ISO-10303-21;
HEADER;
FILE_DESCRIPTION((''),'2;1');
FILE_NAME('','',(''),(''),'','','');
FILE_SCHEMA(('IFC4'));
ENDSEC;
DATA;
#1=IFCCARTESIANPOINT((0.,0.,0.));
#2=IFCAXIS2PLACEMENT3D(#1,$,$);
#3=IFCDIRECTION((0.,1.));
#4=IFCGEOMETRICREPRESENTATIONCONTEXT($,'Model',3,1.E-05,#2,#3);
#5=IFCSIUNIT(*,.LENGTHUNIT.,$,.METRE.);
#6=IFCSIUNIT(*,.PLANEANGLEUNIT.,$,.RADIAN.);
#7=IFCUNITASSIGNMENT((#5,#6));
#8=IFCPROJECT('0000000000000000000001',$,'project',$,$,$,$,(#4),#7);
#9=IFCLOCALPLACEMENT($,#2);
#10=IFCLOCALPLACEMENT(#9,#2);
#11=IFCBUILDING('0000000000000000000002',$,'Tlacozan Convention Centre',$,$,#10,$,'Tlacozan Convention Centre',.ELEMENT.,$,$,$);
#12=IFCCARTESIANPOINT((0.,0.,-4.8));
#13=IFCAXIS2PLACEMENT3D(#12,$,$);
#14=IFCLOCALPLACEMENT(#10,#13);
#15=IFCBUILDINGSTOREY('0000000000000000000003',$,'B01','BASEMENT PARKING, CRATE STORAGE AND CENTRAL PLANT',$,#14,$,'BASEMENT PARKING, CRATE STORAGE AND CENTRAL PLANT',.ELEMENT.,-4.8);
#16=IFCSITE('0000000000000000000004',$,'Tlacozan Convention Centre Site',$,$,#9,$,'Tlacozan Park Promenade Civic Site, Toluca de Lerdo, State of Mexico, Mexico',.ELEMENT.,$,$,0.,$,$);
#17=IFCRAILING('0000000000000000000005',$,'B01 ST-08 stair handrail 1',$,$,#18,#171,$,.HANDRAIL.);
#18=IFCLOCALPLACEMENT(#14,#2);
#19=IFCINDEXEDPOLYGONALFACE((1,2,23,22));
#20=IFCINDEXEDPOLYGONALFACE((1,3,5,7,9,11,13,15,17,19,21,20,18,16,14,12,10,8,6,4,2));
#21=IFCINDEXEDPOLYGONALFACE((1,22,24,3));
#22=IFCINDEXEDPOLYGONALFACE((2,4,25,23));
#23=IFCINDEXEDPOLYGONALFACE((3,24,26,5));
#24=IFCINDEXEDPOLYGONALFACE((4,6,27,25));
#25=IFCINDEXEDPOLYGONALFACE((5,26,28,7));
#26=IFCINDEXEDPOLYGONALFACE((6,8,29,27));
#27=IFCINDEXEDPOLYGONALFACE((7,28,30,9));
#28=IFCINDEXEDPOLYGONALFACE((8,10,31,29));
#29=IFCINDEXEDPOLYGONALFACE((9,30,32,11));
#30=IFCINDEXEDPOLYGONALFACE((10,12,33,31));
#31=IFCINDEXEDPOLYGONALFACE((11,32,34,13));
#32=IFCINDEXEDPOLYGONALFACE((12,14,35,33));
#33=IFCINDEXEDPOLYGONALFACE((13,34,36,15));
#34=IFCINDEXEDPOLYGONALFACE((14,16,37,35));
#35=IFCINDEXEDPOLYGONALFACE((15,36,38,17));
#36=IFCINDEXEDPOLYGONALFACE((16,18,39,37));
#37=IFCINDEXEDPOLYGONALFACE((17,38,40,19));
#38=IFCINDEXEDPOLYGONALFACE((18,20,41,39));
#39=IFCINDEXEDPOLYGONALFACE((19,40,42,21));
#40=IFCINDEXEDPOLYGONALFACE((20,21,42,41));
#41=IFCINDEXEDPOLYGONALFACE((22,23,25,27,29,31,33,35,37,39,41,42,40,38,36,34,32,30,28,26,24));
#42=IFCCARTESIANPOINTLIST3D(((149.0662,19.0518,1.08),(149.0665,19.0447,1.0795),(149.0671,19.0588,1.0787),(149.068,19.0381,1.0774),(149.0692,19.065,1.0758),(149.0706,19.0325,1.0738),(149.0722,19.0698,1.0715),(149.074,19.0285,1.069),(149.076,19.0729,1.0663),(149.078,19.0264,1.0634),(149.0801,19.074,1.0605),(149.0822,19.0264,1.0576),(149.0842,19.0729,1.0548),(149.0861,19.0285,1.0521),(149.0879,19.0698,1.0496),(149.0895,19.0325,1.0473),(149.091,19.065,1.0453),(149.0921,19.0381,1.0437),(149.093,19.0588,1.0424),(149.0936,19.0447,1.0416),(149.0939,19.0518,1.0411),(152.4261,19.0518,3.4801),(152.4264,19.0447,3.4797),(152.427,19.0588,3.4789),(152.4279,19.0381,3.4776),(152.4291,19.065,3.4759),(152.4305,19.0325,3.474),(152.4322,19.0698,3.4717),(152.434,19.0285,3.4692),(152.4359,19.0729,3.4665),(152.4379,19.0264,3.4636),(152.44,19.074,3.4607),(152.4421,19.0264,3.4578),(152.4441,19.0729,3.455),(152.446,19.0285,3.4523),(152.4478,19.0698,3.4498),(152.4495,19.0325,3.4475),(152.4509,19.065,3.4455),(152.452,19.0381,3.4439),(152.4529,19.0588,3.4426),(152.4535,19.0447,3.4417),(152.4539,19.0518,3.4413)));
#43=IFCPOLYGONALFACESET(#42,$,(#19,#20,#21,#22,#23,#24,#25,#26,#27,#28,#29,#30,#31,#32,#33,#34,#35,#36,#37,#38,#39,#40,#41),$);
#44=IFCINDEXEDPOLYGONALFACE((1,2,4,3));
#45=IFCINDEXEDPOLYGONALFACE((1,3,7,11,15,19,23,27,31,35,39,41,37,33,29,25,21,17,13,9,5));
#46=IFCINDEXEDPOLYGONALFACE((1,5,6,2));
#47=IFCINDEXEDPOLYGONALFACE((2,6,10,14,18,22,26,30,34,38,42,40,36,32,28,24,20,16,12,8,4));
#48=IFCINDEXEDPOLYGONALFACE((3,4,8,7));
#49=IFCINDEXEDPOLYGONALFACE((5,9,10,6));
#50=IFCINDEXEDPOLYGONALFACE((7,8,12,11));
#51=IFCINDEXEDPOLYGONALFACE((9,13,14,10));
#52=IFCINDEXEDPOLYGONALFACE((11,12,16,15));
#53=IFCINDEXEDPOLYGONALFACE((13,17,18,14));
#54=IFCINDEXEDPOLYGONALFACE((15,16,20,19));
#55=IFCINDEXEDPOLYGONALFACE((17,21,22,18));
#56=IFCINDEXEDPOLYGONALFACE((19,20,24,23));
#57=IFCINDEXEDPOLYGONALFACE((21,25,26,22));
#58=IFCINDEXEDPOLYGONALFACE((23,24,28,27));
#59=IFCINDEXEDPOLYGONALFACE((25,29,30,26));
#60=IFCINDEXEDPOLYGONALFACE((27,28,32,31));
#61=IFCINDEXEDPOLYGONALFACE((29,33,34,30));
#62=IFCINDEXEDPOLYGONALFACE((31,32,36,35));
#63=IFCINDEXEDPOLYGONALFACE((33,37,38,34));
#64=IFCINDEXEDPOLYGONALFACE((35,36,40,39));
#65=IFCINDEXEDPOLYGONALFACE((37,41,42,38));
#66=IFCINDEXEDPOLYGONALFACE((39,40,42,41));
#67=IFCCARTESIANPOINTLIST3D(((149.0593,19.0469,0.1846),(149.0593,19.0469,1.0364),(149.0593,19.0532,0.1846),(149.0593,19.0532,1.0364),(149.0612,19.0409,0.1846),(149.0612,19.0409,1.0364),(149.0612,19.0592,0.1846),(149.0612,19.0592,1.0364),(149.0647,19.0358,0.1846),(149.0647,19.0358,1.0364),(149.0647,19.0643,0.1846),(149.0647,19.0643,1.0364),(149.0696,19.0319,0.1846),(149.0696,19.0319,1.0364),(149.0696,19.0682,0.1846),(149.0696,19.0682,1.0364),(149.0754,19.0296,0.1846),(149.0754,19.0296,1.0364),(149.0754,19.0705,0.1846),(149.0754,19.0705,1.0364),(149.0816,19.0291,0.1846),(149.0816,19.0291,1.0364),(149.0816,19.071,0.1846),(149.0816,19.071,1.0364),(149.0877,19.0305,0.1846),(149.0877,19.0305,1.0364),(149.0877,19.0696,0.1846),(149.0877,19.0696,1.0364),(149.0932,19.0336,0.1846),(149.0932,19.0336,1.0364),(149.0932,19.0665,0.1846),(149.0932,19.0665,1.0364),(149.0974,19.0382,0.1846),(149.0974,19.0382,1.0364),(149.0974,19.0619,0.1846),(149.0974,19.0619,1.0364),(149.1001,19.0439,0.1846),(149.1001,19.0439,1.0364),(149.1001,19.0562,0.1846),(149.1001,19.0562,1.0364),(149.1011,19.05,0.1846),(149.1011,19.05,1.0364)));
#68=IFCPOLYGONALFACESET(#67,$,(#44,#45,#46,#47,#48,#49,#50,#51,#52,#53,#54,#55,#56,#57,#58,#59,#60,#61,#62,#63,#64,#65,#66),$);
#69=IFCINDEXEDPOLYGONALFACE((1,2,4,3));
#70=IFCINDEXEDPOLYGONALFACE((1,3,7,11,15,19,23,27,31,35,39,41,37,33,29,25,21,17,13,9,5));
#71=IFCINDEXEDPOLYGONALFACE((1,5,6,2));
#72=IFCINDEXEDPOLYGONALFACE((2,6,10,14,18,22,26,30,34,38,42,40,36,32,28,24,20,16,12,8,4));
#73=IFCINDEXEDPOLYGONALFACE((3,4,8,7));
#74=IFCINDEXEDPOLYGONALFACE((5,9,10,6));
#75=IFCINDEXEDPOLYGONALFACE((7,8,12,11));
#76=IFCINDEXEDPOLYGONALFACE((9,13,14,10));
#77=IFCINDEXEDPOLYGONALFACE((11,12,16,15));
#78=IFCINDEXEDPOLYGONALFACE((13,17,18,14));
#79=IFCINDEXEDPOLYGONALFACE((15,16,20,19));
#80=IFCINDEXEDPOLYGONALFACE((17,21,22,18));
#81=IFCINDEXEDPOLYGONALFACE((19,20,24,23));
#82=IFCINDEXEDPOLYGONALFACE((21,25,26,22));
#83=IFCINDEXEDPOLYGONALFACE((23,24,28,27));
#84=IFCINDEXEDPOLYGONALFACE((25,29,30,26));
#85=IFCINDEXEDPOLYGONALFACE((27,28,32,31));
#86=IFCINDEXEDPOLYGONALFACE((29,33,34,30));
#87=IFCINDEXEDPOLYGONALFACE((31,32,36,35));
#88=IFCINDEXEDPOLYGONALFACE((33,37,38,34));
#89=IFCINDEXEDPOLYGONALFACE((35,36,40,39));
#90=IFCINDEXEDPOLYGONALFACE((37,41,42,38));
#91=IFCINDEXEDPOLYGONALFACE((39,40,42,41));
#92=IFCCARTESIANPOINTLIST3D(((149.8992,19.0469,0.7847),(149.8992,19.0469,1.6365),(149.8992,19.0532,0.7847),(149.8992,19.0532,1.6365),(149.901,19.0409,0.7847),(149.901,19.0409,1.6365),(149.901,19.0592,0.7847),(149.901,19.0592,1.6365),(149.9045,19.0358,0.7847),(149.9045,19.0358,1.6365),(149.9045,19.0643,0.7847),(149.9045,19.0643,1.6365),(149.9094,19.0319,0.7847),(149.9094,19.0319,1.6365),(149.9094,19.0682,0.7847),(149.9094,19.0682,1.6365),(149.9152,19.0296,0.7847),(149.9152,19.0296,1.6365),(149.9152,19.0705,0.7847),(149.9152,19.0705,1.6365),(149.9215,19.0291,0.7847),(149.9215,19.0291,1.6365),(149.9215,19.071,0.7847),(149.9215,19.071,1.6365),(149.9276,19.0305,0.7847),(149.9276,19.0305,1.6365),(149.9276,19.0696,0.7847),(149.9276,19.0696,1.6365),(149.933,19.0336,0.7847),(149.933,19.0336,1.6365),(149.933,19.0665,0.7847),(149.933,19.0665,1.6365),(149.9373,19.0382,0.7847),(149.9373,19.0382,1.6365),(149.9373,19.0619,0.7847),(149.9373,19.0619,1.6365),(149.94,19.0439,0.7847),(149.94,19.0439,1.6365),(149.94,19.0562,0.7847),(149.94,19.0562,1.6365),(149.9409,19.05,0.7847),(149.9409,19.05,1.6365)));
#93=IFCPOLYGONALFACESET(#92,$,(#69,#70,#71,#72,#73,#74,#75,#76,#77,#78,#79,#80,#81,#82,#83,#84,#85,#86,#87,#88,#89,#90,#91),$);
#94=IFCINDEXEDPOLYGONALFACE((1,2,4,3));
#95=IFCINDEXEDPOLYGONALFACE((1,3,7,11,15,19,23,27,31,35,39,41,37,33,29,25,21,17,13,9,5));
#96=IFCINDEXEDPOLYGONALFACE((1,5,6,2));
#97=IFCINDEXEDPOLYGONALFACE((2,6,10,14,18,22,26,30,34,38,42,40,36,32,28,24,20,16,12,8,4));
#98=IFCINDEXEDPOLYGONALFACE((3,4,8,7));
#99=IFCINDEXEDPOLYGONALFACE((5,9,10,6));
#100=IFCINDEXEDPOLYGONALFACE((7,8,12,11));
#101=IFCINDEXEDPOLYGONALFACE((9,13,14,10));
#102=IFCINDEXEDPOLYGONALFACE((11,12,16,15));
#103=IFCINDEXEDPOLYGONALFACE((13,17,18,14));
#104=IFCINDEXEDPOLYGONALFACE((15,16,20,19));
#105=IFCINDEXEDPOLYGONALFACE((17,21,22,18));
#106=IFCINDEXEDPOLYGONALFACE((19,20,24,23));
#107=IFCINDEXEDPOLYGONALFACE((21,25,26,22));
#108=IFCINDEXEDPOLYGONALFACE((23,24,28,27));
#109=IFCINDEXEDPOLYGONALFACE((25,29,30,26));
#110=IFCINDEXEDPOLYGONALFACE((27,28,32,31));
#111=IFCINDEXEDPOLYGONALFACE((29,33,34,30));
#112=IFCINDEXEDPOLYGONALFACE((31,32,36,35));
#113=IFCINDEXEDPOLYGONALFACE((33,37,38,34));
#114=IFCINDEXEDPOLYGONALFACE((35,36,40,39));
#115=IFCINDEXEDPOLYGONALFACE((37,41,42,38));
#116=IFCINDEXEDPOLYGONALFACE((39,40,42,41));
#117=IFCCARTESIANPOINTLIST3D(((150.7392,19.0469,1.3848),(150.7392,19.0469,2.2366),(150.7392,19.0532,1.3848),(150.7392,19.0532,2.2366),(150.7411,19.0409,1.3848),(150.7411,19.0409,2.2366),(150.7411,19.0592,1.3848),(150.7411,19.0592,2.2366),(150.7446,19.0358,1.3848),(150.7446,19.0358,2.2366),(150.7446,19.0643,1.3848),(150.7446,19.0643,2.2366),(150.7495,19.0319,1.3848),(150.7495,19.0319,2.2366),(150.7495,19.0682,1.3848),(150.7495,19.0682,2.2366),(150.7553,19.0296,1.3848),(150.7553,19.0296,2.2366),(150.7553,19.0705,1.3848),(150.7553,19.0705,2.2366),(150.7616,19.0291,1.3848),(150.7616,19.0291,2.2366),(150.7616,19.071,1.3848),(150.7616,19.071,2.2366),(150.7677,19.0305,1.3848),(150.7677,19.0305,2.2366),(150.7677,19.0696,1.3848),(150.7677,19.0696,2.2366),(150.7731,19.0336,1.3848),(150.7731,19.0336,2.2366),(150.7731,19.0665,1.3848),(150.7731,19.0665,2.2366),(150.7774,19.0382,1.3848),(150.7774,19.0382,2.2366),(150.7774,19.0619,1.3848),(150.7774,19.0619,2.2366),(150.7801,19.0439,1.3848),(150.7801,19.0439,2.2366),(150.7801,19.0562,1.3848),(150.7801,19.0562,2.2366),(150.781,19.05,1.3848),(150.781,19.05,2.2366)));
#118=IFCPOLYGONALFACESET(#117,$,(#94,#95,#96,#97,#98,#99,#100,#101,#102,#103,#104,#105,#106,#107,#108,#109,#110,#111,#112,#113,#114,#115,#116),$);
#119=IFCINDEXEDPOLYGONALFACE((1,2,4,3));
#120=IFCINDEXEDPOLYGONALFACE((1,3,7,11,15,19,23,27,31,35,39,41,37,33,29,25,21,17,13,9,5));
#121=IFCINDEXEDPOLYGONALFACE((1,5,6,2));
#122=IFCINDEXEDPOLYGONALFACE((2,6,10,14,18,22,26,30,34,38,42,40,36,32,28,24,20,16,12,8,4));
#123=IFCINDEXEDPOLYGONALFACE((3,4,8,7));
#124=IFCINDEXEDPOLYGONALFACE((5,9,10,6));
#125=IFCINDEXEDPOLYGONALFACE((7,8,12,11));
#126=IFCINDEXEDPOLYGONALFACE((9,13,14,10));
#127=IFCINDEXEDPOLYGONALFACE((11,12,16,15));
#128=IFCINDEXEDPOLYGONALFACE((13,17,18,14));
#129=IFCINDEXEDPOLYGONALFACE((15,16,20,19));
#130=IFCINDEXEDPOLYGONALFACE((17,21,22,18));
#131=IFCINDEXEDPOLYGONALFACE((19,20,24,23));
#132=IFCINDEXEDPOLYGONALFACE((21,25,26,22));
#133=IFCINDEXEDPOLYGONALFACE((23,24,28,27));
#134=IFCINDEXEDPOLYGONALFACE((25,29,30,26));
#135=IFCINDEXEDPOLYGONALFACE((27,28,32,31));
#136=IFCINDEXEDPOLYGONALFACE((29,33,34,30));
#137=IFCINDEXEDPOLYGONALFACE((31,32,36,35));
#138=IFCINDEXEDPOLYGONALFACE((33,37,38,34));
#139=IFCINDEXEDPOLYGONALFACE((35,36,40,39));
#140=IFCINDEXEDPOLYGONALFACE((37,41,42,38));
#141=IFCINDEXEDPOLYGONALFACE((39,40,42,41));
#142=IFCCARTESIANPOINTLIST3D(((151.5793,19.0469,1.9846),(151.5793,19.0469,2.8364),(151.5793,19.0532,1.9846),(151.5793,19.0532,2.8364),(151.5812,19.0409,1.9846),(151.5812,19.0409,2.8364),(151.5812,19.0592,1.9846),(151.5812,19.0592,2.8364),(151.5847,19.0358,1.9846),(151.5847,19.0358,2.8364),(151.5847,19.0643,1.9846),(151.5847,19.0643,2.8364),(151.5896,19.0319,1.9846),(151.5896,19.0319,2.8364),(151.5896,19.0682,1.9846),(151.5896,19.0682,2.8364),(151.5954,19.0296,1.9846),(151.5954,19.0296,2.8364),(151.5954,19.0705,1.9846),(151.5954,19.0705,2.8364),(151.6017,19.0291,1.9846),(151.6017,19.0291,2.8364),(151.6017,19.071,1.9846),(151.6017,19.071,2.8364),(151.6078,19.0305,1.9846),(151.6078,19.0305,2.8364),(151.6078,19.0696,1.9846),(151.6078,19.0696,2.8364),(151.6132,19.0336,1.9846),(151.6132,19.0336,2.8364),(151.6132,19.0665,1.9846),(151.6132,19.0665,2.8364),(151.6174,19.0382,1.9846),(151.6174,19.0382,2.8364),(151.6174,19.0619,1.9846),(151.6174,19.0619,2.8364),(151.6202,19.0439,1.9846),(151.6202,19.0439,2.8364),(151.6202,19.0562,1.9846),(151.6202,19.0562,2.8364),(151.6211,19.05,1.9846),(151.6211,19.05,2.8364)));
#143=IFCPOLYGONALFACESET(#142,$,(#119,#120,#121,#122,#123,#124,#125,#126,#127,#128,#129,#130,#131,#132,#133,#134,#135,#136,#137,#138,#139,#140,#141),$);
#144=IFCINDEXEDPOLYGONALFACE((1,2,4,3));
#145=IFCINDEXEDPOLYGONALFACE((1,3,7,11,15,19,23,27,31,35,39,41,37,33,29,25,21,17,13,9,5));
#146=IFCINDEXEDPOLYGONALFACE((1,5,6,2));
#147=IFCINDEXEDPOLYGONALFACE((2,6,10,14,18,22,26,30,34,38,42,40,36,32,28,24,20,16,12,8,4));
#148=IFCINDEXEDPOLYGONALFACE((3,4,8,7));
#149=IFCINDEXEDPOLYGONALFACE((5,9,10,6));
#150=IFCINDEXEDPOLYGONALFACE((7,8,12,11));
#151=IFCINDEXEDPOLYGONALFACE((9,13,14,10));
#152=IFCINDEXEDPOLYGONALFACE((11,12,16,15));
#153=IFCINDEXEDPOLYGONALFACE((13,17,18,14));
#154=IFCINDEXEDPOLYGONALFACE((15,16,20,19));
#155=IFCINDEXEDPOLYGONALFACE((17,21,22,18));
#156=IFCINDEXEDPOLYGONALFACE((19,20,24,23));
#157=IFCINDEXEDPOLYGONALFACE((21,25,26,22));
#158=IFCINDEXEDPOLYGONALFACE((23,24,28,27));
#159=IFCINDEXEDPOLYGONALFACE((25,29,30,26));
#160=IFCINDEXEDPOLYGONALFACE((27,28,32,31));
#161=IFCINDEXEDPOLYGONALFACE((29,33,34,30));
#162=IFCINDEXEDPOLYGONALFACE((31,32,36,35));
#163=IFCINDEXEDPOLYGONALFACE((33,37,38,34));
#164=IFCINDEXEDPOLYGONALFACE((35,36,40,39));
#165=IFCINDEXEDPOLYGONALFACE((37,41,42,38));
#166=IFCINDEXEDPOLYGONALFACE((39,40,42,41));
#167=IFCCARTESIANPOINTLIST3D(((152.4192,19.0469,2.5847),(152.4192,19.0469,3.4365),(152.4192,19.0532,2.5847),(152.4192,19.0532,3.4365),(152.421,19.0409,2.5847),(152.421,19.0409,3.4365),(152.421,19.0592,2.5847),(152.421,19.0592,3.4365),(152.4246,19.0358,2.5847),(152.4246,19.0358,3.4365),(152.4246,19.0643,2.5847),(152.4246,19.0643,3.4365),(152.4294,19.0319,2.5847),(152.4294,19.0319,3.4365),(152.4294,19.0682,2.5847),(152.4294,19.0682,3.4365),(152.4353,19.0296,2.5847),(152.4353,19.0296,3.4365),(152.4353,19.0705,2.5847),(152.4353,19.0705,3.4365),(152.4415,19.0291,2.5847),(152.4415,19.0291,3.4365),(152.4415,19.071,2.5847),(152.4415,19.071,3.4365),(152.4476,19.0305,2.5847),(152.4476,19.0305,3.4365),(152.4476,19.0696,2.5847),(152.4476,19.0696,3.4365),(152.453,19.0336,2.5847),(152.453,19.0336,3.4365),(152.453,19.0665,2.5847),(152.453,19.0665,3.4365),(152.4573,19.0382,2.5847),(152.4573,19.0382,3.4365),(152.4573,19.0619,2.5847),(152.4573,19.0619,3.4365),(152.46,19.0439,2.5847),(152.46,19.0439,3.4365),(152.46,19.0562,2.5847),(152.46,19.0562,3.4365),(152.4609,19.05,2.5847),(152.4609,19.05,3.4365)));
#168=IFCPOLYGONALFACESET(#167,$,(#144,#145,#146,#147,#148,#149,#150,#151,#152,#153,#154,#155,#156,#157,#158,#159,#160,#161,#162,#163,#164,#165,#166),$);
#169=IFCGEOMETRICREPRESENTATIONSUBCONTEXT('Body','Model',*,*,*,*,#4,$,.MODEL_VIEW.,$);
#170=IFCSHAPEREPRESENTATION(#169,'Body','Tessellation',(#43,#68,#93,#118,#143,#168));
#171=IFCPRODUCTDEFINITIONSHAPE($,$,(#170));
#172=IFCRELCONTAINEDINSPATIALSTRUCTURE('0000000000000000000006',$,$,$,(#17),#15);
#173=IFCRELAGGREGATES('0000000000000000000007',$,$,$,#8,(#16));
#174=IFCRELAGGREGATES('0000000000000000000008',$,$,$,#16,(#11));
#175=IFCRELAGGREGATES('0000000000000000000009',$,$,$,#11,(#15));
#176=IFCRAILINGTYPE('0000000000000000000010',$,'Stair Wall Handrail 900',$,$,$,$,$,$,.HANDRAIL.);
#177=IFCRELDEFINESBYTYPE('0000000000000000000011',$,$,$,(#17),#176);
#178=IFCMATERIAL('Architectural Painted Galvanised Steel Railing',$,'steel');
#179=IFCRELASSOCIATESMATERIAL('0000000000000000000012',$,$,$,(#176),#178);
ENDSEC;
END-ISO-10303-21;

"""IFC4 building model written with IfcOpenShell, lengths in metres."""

from ifc_helpers import new_model, si_unit, direction, frame, origin, origin_2d, place, context, subcontext, project, spatial, circle, extrude, material, type_object, element, save


model = new_model("IFC4")

# Units and contexts
model_context = context("Model", 3, precision=1e-05, world=origin(), true_north=direction((0.0, 1.0)))
body_context = subcontext(model_context, "Body", "Model", "MODEL_VIEW")
ifc_project = project(units=[si_unit("LENGTHUNIT", "METRE"), si_unit("PLANEANGLEUNIT", "RADIAN")], contexts=[model_context])

# Site, building, storey
site_placement = place(None, origin())
site = spatial("IfcSite", under=ifc_project, at=site_placement, Name="Tlacozan Convention Centre Site", LongName="Tlacozan Park Promenade Civic Site, Toluca de Lerdo, State of Mexico, Mexico", CompositionType="ELEMENT", RefElevation=0.0)
building_placement = place(site_placement, origin())
building = spatial("IfcBuilding", under=site, at=building_placement, Name="Tlacozan Convention Centre", LongName="Tlacozan Convention Centre", CompositionType="ELEMENT")
storey_placement = place(building_placement, frame((0.0, 0.0, -4.8)))
storey = spatial("IfcBuildingStorey", under=building, at=storey_placement, Name="B01", Description="BASEMENT PARKING, CRATE STORAGE AND CENTRAL PLANT", LongName="BASEMENT PARKING, CRATE STORAGE AND CENTRAL PLANT", CompositionType="ELEMENT", Elevation=-4.8)

# Railing
ifc_material_1 = material(Name="Architectural Painted Galvanised Steel Railing", Category="steel")
railing_type_1 = type_object("IfcRailingType", Name="Stair Wall Handrail 900", PredefinedType="HANDRAIL", material=ifc_material_1)
railing_1_placement = place(storey_placement, frame((149.0801, 19.05, 0.1846)))
element("IfcRailing", 1, at=railing_1_placement, inside=storey, type_object=railing_type_1, Name="B01 ST-08 stair handrail 1", PredefinedType="HANDRAIL", context=body_context, shape_type="SweptSolid", body=[
    extrude(circle(Radius=0.0239, at=origin_2d()), frame((0.0, 0.0, 0.876), z_axis=(0.813706, 0.0, 0.581277), x_axis=(0.0, 1.0, 0.0)), (0.0, 0.0, 1.0), 4.1292),
    extrude(circle(Radius=0.021, at=origin_2d()), origin(), (0.0, 0.0, 1.0), 0.8518),
    extrude(circle(Radius=0.021, at=origin_2d()), frame((0.8398, 0.0, 0.6001)), (0.0, 0.0, 1.0), 0.8518),
    extrude(circle(Radius=0.021, at=origin_2d()), frame((1.6799, 0.0, 1.2002)), (0.0, 0.0, 1.0), 0.8518),
    extrude(circle(Radius=0.021, at=origin_2d()), frame((2.52, 0.0, 1.8)), (0.0, 0.0, 1.0), 0.8518),
    extrude(circle(Radius=0.021, at=origin_2d()), frame((3.3599, 0.0, 2.4001)), (0.0, 0.0, 1.0), 0.8518),
])

save(model, "model.ifc")
